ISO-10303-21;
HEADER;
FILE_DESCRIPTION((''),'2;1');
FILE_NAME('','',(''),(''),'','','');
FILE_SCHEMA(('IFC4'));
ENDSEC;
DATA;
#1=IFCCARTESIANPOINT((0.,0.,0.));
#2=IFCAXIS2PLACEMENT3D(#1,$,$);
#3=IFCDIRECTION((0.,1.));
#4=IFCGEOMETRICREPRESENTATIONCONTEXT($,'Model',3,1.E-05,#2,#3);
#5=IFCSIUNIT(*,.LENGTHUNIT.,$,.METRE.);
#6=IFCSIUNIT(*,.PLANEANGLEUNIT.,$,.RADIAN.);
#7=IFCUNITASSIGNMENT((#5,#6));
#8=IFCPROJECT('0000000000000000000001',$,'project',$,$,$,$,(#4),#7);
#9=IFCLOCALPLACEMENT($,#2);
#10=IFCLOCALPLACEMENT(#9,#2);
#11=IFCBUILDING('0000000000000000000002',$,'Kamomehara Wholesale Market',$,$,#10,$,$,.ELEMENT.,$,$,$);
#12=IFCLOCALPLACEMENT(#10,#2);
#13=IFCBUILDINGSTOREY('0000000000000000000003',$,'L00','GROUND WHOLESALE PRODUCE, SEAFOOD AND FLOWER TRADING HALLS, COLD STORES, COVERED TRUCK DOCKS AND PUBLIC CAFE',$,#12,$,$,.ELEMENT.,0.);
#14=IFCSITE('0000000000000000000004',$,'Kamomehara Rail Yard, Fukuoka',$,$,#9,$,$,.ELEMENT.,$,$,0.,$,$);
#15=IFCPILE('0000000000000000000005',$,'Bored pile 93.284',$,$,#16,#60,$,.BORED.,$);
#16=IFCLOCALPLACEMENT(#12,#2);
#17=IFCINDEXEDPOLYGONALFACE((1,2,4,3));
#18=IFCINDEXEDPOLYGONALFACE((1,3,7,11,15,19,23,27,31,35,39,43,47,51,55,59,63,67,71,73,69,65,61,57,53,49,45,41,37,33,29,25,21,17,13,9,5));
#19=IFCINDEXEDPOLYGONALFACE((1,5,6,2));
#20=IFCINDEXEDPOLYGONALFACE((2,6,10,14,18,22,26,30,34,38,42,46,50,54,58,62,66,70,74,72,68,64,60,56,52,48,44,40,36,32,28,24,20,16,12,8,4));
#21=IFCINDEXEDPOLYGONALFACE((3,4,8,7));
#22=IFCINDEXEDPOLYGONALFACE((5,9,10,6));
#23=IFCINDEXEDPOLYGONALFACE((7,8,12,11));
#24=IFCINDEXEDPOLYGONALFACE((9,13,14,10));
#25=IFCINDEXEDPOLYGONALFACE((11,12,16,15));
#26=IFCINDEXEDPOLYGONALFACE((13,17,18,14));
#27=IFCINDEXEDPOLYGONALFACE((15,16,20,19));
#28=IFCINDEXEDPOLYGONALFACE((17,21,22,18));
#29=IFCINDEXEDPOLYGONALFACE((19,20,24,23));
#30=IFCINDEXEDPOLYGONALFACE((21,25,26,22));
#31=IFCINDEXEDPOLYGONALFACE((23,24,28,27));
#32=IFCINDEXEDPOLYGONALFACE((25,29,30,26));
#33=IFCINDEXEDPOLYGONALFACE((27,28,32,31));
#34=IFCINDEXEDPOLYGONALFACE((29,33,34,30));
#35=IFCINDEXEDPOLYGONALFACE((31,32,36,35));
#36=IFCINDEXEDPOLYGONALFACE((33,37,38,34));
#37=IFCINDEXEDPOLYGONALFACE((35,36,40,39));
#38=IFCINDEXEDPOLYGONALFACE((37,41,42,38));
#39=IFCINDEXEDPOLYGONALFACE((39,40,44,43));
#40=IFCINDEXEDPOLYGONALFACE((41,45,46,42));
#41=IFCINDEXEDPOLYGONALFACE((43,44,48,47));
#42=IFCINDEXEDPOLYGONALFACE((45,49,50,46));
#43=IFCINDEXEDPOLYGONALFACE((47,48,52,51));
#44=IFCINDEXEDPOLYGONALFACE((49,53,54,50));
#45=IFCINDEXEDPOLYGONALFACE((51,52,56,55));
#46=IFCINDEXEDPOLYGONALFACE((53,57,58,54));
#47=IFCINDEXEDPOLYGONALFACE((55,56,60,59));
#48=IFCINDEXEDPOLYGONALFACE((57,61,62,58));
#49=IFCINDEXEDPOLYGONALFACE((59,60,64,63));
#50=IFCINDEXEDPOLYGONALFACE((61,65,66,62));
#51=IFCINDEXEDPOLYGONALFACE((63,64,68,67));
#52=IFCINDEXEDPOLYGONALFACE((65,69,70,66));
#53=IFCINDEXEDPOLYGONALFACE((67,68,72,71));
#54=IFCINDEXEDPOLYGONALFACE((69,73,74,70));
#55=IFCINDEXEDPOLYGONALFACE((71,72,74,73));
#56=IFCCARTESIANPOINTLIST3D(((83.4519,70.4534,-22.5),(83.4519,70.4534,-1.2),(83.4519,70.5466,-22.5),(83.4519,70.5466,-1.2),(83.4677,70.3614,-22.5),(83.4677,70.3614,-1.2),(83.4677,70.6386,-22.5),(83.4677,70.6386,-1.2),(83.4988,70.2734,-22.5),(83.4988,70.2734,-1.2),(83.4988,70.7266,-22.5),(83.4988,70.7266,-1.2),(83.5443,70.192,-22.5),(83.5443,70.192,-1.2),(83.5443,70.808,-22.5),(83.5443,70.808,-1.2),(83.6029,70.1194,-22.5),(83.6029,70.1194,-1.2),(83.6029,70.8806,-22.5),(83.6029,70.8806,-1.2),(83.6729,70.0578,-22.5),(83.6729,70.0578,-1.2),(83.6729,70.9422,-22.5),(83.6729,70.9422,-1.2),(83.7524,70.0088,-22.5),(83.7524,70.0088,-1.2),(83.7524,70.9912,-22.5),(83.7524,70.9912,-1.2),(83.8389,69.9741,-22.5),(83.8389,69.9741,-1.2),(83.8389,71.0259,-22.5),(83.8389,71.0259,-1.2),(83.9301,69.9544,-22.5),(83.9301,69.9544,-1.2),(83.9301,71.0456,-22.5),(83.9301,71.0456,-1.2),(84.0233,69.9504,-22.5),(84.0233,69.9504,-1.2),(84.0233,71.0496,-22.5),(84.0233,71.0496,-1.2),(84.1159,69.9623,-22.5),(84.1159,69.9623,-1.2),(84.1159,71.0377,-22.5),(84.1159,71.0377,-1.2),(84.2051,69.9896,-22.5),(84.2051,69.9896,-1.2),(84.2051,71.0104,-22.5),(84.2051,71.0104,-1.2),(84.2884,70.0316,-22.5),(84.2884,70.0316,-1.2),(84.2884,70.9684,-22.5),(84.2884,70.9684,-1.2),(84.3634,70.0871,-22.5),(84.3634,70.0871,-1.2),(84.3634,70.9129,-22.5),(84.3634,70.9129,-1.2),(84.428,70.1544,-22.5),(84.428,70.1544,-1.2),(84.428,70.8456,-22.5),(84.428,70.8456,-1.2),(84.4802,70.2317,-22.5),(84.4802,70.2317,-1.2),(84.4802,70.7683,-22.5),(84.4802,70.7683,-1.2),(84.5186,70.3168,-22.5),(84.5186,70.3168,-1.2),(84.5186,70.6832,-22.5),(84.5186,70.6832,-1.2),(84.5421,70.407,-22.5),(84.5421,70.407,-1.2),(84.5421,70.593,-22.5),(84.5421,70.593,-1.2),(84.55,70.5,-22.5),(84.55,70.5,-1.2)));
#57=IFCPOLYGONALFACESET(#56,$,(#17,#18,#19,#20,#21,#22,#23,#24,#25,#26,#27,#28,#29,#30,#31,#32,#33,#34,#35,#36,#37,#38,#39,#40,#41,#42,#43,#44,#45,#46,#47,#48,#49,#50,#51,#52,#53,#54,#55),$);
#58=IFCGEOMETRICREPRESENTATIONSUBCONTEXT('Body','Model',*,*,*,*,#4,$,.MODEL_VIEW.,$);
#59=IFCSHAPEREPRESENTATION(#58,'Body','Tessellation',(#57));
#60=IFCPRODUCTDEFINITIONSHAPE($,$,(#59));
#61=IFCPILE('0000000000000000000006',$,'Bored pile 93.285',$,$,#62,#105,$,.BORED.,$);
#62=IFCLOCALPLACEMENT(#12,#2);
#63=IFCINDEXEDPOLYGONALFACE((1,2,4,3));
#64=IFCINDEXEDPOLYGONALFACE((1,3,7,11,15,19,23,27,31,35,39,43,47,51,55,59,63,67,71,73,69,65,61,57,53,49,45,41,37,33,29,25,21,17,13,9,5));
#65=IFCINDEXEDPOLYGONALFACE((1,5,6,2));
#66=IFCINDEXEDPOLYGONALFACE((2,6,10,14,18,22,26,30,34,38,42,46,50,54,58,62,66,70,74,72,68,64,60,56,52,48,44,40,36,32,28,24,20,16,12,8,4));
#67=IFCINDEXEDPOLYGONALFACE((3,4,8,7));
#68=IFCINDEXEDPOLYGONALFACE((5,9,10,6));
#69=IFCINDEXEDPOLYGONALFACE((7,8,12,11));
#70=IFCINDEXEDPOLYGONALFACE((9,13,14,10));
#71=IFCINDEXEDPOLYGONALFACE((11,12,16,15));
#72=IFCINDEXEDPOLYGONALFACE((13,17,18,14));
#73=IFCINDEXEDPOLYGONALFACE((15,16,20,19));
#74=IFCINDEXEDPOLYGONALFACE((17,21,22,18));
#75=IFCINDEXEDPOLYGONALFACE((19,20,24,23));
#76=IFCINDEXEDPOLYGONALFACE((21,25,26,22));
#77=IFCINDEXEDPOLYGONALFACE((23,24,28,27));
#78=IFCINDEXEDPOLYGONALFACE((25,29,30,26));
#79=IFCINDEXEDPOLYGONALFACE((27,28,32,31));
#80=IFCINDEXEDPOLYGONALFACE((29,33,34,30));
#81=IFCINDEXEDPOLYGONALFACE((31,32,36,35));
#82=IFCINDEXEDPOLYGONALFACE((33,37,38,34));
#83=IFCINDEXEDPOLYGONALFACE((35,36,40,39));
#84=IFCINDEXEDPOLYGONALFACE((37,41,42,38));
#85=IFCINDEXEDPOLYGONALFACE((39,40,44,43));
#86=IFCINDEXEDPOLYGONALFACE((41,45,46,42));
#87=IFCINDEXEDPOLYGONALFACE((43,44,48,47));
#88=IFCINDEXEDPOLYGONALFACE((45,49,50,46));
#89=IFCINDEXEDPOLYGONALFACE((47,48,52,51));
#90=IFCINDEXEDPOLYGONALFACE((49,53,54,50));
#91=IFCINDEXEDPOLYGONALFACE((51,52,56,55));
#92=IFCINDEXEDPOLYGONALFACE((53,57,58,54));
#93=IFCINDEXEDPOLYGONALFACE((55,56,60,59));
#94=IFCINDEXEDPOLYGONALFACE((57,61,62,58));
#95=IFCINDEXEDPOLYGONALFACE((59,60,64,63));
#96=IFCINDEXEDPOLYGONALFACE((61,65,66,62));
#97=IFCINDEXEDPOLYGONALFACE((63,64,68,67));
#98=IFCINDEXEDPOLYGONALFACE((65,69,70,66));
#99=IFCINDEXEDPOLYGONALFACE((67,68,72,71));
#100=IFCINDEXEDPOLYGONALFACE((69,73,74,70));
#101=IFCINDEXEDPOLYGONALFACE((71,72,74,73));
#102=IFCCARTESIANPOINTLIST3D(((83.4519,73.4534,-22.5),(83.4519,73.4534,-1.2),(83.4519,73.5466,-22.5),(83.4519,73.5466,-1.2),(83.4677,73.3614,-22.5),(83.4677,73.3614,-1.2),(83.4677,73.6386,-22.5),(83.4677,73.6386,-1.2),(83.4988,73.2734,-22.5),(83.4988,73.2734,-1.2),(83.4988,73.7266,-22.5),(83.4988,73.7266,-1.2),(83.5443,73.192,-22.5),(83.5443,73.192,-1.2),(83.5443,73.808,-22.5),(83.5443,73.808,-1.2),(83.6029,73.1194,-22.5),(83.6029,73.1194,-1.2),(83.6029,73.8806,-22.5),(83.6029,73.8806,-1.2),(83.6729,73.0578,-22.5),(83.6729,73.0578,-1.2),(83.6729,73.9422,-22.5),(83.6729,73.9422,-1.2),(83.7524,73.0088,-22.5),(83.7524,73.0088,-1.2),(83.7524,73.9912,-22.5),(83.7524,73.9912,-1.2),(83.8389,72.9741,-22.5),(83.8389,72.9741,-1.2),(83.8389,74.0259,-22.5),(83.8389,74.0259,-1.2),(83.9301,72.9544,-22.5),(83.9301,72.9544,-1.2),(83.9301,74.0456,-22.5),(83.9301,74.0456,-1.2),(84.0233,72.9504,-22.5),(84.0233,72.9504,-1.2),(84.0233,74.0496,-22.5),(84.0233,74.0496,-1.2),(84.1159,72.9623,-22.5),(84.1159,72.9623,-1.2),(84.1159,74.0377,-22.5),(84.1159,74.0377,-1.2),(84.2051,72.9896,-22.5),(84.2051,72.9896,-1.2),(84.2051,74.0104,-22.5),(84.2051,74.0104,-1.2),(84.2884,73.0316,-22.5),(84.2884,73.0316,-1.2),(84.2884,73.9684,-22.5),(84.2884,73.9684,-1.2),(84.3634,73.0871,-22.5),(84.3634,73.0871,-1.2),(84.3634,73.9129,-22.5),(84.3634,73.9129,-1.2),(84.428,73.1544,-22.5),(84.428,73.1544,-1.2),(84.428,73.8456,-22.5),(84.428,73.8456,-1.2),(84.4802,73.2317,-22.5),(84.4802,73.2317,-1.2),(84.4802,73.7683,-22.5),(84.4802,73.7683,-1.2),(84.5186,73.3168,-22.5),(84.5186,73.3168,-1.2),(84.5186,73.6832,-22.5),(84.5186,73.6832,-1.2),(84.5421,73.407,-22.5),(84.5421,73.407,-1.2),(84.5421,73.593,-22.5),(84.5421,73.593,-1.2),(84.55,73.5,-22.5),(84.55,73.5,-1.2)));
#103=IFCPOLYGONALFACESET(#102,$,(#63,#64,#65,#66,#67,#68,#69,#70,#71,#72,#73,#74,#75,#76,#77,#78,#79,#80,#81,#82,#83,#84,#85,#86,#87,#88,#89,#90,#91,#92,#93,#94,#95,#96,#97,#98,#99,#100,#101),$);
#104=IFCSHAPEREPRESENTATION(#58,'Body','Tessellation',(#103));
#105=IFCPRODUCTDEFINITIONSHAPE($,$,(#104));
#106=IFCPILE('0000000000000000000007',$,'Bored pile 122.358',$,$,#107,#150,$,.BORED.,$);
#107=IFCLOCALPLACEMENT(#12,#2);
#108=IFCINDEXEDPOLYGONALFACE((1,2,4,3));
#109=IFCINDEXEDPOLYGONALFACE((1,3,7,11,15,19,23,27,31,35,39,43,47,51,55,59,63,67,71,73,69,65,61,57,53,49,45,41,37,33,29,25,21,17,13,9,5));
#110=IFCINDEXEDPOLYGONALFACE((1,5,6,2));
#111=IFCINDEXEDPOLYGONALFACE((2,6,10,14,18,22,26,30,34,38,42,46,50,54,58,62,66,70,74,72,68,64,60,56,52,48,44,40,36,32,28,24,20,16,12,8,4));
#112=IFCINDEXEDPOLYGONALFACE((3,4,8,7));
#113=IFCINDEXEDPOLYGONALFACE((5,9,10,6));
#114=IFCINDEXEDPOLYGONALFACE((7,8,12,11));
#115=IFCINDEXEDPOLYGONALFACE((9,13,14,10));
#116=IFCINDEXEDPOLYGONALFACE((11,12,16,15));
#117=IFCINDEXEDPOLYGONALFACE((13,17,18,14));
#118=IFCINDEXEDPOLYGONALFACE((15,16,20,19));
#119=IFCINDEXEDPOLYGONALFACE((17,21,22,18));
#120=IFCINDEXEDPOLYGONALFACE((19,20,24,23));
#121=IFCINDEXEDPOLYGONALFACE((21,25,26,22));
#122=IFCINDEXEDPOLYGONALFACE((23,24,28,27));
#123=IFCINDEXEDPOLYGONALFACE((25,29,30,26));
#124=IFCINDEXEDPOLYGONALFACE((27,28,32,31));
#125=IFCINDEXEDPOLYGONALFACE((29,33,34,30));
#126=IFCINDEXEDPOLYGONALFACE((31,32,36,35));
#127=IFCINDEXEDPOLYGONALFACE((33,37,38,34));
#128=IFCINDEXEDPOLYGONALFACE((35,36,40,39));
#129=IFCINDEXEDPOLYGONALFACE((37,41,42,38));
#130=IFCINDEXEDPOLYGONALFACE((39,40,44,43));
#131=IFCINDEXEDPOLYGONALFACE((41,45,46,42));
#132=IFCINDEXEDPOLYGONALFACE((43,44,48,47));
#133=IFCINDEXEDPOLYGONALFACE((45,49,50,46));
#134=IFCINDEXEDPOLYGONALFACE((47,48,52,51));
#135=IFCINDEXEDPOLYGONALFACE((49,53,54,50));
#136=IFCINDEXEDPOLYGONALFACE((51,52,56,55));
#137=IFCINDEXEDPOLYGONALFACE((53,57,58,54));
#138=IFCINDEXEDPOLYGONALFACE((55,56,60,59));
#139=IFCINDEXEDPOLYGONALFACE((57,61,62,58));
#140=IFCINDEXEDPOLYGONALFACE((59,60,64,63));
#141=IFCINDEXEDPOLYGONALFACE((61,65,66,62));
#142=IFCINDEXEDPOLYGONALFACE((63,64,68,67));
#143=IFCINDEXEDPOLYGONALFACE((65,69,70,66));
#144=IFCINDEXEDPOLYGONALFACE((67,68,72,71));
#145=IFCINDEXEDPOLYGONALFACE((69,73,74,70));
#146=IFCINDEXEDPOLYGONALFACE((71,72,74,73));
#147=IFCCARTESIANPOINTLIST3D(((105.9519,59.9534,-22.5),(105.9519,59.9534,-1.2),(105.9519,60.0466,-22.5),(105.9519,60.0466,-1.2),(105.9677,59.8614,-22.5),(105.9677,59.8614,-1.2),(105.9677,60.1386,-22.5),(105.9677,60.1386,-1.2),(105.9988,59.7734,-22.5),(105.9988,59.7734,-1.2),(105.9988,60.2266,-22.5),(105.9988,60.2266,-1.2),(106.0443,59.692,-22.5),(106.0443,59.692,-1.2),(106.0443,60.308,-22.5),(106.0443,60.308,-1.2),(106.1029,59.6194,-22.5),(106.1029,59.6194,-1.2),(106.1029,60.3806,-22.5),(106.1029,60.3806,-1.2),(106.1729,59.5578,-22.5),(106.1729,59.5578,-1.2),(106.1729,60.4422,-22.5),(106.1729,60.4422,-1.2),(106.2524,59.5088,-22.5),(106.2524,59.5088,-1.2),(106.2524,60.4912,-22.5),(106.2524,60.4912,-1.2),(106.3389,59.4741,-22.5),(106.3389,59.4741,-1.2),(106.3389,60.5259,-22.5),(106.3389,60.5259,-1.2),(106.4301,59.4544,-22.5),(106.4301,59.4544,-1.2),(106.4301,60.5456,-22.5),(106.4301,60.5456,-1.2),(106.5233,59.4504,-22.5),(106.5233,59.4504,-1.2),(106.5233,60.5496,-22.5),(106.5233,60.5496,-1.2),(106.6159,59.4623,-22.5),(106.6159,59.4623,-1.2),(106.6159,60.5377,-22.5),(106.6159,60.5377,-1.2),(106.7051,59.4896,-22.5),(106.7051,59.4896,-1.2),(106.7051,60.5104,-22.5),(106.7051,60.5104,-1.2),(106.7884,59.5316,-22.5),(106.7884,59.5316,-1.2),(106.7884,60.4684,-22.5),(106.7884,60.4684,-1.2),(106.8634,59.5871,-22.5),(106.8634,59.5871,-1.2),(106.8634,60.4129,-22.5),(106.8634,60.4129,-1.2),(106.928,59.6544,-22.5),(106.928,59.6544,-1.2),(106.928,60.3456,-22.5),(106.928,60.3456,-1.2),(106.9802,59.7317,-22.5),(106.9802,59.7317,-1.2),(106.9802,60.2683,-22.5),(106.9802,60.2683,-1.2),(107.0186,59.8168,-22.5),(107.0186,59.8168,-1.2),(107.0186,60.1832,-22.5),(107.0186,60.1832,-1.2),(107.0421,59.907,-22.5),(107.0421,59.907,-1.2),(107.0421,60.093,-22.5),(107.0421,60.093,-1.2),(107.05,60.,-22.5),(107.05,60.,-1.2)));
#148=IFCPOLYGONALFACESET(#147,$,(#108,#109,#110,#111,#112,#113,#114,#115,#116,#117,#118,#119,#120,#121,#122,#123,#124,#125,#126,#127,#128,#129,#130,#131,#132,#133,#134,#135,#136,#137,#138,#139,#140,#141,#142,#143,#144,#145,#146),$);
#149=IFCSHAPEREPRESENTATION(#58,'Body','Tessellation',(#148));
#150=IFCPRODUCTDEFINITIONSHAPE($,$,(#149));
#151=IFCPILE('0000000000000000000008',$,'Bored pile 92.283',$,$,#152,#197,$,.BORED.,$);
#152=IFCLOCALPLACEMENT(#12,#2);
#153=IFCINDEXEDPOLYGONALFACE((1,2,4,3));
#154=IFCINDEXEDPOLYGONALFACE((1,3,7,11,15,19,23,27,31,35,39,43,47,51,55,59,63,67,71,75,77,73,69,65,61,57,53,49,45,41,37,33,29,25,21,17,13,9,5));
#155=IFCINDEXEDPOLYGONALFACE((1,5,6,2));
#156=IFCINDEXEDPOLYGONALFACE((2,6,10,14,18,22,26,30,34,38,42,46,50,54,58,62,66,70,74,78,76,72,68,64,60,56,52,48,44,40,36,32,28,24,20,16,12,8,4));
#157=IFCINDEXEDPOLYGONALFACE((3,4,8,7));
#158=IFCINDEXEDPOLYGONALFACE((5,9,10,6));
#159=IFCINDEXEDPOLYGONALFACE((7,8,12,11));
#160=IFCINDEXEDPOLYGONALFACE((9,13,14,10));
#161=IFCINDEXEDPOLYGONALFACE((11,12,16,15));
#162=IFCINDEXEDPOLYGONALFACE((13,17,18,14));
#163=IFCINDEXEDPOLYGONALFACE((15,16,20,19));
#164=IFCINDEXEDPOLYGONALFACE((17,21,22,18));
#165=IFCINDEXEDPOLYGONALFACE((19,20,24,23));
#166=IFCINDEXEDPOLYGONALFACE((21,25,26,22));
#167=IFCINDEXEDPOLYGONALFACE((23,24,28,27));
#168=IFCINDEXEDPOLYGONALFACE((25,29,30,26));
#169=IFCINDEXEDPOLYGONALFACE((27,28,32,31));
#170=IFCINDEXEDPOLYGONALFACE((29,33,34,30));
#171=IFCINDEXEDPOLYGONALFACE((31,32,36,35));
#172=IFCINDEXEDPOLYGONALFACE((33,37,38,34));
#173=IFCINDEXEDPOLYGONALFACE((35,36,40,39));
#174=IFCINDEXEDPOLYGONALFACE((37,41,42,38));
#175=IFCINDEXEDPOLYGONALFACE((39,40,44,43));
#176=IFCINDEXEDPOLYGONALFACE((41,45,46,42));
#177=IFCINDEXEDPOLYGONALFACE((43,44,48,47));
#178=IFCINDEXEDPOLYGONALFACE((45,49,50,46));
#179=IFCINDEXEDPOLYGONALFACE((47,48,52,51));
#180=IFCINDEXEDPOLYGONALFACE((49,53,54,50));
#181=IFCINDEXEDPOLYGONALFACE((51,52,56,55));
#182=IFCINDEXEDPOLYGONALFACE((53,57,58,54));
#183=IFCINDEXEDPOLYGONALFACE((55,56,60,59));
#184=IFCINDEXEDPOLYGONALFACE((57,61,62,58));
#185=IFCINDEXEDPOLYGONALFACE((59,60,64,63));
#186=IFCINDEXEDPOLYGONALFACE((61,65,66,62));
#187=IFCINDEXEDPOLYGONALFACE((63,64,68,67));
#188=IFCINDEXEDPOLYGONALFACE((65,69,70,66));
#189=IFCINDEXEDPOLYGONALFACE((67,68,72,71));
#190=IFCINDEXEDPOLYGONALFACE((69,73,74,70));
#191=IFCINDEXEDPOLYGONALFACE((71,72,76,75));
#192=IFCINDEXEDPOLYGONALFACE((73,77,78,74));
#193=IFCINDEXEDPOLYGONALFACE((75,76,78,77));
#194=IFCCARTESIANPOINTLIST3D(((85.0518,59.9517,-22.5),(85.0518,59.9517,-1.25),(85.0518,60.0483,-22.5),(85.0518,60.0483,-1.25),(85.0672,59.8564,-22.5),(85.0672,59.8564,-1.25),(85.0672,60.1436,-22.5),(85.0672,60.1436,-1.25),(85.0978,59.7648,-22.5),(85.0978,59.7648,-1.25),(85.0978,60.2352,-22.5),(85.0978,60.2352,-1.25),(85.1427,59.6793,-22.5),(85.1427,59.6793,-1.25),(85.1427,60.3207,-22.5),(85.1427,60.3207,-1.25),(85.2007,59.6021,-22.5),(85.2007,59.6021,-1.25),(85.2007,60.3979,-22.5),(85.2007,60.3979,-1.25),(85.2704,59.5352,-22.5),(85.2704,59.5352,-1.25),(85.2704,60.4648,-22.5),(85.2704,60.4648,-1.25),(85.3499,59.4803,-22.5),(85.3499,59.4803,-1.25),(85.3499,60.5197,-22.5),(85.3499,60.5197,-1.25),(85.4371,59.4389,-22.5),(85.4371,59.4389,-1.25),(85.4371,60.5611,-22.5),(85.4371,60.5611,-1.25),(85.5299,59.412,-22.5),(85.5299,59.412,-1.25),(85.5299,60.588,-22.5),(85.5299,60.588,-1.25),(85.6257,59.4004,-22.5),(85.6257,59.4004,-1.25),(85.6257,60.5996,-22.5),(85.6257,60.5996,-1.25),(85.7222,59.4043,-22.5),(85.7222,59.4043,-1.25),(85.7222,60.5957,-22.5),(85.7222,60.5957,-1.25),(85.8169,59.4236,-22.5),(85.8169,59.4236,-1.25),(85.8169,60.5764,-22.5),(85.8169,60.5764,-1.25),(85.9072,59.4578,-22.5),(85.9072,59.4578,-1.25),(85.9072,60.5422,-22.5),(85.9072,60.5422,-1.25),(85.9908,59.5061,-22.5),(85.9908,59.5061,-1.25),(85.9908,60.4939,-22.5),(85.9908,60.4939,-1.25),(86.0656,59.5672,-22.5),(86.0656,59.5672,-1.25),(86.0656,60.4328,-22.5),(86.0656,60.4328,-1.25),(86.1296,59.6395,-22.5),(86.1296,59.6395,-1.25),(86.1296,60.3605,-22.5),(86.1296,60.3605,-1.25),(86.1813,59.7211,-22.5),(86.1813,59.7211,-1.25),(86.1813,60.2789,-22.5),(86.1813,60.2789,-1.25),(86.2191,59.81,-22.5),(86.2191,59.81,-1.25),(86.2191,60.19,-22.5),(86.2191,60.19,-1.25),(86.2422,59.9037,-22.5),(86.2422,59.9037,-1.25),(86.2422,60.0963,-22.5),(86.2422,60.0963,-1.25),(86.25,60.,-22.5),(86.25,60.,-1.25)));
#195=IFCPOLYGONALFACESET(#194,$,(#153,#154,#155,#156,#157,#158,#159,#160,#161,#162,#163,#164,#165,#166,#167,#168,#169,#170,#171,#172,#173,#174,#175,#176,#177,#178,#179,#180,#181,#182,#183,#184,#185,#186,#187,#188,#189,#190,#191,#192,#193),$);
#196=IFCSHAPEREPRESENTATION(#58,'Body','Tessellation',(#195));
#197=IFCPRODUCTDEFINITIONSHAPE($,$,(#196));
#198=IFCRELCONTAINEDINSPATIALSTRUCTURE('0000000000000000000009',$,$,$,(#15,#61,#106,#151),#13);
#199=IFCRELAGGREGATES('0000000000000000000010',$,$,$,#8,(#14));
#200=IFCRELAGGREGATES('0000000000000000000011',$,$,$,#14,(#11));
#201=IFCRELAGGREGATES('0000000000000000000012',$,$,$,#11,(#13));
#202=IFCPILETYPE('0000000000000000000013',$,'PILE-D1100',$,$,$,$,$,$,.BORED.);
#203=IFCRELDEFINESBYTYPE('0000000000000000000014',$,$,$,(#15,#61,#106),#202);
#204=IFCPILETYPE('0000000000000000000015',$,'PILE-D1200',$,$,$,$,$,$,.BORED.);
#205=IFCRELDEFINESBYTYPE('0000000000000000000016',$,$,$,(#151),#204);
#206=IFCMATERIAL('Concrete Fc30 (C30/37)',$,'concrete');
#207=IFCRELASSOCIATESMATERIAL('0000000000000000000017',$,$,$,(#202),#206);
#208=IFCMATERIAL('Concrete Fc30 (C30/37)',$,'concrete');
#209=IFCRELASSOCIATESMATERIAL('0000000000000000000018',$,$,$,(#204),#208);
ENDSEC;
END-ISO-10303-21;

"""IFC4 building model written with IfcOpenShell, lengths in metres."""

from ifc_helpers import new_model, si_unit, direction, frame, origin, origin_2d, place, context, subcontext, project, spatial, circle, extrude, material, material_profile, profile_set, type_object, element, save


model = new_model("IFC4")

# Units and contexts
model_context = context("Model", 3, precision=1e-05, world=origin(), true_north=direction((0.0, 1.0)))
body_context = subcontext(model_context, "Body", "Model", "MODEL_VIEW")
ifc_project = project(units=[si_unit("LENGTHUNIT", "METRE"), si_unit("PLANEANGLEUNIT", "RADIAN")], contexts=[model_context])

# Site, building, storey
site_placement = place(None, origin())
site = spatial("IfcSite", under=ifc_project, at=site_placement, Name="Kamomehara Rail Yard, Fukuoka", CompositionType="ELEMENT", RefElevation=0.0)
building_placement = place(site_placement, origin())
building = spatial("IfcBuilding", under=site, at=building_placement, Name="Kamomehara Wholesale Market", CompositionType="ELEMENT")
storey_placement = place(building_placement, origin())
storey = spatial("IfcBuildingStorey", under=building, at=storey_placement, Name="L00", Description="GROUND WHOLESALE PRODUCE, SEAFOOD AND FLOWER TRADING HALLS, COLD STORES, COVERED TRUCK DOCKS AND PUBLIC CAFE", CompositionType="ELEMENT", Elevation=0.0)

# Piles
ifc_material_1 = material(Name="Concrete Fc30 (C30/37)", Category="concrete")
ifc_material_profile_1 = material_profile(ifc_material_1, circle(Radius=0.55, at=origin_2d()), Name="RC-PILE-D1100")
ifc_profile_set_1 = profile_set([ifc_material_profile_1], Name="Concrete Fc30 (C30/37)")
pile_type_1 = type_object("IfcPileType", Name="PILE-D1100", PredefinedType="BORED", material=ifc_profile_set_1)
for number, where, z_axis, x_axis, name in (
    (1, (84.0, 70.5, -1.2), (0.0, 0.0, -1.0), (1.0, 0.0, 0.0), "Bored pile 93.284"),
    (2, (84.0, 73.5, -1.2), (0.0, 0.0, -1.0), (1.0, 0.0, 0.0), "Bored pile 93.285"),
    (3, (106.5, 60.0, -1.2), (0.0, 0.0, -1.0), (1.0, 0.0, 0.0), "Bored pile 122.358"),
):
    element("IfcPile", number, at=place(storey_placement, frame(where, z_axis=z_axis, x_axis=x_axis)), inside=storey, type_object=pile_type_1, Name=name, PredefinedType="BORED", context=body_context, shape_type="SweptSolid", body=[
        extrude(circle(Radius=0.55, at=origin_2d()), origin(), (0.0, 0.0, 1.0), 21.3),
    ])
ifc_material_2 = material(Name="Concrete Fc30 (C30/37)", Category="concrete")
ifc_material_profile_2 = material_profile(ifc_material_2, circle(Radius=0.6001, at=origin_2d()), Name="RC-PILE-D1200")
ifc_profile_set_2 = profile_set([ifc_material_profile_2], Name="Concrete Fc30 (C30/37)")
pile_type_2 = type_object("IfcPileType", Name="PILE-D1200", PredefinedType="BORED", material=ifc_profile_set_2)
for number, where, z_axis, x_axis, name in (
    (4, (85.6499, 60.0, -1.25), (0.0, 0.0, -1.0), (1.0, 0.0, 0.0), "Bored pile 92.283"),
):
    element("IfcPile", number, at=place(storey_placement, frame(where, z_axis=z_axis, x_axis=x_axis)), inside=storey, type_object=pile_type_2, Name=name, PredefinedType="BORED", context=body_context, shape_type="SweptSolid", body=[
        extrude(circle(Radius=0.6001, at=origin_2d()), origin(), (0.0, 0.0, 1.0), 21.25),
    ])

save(model, "model.ifc")
